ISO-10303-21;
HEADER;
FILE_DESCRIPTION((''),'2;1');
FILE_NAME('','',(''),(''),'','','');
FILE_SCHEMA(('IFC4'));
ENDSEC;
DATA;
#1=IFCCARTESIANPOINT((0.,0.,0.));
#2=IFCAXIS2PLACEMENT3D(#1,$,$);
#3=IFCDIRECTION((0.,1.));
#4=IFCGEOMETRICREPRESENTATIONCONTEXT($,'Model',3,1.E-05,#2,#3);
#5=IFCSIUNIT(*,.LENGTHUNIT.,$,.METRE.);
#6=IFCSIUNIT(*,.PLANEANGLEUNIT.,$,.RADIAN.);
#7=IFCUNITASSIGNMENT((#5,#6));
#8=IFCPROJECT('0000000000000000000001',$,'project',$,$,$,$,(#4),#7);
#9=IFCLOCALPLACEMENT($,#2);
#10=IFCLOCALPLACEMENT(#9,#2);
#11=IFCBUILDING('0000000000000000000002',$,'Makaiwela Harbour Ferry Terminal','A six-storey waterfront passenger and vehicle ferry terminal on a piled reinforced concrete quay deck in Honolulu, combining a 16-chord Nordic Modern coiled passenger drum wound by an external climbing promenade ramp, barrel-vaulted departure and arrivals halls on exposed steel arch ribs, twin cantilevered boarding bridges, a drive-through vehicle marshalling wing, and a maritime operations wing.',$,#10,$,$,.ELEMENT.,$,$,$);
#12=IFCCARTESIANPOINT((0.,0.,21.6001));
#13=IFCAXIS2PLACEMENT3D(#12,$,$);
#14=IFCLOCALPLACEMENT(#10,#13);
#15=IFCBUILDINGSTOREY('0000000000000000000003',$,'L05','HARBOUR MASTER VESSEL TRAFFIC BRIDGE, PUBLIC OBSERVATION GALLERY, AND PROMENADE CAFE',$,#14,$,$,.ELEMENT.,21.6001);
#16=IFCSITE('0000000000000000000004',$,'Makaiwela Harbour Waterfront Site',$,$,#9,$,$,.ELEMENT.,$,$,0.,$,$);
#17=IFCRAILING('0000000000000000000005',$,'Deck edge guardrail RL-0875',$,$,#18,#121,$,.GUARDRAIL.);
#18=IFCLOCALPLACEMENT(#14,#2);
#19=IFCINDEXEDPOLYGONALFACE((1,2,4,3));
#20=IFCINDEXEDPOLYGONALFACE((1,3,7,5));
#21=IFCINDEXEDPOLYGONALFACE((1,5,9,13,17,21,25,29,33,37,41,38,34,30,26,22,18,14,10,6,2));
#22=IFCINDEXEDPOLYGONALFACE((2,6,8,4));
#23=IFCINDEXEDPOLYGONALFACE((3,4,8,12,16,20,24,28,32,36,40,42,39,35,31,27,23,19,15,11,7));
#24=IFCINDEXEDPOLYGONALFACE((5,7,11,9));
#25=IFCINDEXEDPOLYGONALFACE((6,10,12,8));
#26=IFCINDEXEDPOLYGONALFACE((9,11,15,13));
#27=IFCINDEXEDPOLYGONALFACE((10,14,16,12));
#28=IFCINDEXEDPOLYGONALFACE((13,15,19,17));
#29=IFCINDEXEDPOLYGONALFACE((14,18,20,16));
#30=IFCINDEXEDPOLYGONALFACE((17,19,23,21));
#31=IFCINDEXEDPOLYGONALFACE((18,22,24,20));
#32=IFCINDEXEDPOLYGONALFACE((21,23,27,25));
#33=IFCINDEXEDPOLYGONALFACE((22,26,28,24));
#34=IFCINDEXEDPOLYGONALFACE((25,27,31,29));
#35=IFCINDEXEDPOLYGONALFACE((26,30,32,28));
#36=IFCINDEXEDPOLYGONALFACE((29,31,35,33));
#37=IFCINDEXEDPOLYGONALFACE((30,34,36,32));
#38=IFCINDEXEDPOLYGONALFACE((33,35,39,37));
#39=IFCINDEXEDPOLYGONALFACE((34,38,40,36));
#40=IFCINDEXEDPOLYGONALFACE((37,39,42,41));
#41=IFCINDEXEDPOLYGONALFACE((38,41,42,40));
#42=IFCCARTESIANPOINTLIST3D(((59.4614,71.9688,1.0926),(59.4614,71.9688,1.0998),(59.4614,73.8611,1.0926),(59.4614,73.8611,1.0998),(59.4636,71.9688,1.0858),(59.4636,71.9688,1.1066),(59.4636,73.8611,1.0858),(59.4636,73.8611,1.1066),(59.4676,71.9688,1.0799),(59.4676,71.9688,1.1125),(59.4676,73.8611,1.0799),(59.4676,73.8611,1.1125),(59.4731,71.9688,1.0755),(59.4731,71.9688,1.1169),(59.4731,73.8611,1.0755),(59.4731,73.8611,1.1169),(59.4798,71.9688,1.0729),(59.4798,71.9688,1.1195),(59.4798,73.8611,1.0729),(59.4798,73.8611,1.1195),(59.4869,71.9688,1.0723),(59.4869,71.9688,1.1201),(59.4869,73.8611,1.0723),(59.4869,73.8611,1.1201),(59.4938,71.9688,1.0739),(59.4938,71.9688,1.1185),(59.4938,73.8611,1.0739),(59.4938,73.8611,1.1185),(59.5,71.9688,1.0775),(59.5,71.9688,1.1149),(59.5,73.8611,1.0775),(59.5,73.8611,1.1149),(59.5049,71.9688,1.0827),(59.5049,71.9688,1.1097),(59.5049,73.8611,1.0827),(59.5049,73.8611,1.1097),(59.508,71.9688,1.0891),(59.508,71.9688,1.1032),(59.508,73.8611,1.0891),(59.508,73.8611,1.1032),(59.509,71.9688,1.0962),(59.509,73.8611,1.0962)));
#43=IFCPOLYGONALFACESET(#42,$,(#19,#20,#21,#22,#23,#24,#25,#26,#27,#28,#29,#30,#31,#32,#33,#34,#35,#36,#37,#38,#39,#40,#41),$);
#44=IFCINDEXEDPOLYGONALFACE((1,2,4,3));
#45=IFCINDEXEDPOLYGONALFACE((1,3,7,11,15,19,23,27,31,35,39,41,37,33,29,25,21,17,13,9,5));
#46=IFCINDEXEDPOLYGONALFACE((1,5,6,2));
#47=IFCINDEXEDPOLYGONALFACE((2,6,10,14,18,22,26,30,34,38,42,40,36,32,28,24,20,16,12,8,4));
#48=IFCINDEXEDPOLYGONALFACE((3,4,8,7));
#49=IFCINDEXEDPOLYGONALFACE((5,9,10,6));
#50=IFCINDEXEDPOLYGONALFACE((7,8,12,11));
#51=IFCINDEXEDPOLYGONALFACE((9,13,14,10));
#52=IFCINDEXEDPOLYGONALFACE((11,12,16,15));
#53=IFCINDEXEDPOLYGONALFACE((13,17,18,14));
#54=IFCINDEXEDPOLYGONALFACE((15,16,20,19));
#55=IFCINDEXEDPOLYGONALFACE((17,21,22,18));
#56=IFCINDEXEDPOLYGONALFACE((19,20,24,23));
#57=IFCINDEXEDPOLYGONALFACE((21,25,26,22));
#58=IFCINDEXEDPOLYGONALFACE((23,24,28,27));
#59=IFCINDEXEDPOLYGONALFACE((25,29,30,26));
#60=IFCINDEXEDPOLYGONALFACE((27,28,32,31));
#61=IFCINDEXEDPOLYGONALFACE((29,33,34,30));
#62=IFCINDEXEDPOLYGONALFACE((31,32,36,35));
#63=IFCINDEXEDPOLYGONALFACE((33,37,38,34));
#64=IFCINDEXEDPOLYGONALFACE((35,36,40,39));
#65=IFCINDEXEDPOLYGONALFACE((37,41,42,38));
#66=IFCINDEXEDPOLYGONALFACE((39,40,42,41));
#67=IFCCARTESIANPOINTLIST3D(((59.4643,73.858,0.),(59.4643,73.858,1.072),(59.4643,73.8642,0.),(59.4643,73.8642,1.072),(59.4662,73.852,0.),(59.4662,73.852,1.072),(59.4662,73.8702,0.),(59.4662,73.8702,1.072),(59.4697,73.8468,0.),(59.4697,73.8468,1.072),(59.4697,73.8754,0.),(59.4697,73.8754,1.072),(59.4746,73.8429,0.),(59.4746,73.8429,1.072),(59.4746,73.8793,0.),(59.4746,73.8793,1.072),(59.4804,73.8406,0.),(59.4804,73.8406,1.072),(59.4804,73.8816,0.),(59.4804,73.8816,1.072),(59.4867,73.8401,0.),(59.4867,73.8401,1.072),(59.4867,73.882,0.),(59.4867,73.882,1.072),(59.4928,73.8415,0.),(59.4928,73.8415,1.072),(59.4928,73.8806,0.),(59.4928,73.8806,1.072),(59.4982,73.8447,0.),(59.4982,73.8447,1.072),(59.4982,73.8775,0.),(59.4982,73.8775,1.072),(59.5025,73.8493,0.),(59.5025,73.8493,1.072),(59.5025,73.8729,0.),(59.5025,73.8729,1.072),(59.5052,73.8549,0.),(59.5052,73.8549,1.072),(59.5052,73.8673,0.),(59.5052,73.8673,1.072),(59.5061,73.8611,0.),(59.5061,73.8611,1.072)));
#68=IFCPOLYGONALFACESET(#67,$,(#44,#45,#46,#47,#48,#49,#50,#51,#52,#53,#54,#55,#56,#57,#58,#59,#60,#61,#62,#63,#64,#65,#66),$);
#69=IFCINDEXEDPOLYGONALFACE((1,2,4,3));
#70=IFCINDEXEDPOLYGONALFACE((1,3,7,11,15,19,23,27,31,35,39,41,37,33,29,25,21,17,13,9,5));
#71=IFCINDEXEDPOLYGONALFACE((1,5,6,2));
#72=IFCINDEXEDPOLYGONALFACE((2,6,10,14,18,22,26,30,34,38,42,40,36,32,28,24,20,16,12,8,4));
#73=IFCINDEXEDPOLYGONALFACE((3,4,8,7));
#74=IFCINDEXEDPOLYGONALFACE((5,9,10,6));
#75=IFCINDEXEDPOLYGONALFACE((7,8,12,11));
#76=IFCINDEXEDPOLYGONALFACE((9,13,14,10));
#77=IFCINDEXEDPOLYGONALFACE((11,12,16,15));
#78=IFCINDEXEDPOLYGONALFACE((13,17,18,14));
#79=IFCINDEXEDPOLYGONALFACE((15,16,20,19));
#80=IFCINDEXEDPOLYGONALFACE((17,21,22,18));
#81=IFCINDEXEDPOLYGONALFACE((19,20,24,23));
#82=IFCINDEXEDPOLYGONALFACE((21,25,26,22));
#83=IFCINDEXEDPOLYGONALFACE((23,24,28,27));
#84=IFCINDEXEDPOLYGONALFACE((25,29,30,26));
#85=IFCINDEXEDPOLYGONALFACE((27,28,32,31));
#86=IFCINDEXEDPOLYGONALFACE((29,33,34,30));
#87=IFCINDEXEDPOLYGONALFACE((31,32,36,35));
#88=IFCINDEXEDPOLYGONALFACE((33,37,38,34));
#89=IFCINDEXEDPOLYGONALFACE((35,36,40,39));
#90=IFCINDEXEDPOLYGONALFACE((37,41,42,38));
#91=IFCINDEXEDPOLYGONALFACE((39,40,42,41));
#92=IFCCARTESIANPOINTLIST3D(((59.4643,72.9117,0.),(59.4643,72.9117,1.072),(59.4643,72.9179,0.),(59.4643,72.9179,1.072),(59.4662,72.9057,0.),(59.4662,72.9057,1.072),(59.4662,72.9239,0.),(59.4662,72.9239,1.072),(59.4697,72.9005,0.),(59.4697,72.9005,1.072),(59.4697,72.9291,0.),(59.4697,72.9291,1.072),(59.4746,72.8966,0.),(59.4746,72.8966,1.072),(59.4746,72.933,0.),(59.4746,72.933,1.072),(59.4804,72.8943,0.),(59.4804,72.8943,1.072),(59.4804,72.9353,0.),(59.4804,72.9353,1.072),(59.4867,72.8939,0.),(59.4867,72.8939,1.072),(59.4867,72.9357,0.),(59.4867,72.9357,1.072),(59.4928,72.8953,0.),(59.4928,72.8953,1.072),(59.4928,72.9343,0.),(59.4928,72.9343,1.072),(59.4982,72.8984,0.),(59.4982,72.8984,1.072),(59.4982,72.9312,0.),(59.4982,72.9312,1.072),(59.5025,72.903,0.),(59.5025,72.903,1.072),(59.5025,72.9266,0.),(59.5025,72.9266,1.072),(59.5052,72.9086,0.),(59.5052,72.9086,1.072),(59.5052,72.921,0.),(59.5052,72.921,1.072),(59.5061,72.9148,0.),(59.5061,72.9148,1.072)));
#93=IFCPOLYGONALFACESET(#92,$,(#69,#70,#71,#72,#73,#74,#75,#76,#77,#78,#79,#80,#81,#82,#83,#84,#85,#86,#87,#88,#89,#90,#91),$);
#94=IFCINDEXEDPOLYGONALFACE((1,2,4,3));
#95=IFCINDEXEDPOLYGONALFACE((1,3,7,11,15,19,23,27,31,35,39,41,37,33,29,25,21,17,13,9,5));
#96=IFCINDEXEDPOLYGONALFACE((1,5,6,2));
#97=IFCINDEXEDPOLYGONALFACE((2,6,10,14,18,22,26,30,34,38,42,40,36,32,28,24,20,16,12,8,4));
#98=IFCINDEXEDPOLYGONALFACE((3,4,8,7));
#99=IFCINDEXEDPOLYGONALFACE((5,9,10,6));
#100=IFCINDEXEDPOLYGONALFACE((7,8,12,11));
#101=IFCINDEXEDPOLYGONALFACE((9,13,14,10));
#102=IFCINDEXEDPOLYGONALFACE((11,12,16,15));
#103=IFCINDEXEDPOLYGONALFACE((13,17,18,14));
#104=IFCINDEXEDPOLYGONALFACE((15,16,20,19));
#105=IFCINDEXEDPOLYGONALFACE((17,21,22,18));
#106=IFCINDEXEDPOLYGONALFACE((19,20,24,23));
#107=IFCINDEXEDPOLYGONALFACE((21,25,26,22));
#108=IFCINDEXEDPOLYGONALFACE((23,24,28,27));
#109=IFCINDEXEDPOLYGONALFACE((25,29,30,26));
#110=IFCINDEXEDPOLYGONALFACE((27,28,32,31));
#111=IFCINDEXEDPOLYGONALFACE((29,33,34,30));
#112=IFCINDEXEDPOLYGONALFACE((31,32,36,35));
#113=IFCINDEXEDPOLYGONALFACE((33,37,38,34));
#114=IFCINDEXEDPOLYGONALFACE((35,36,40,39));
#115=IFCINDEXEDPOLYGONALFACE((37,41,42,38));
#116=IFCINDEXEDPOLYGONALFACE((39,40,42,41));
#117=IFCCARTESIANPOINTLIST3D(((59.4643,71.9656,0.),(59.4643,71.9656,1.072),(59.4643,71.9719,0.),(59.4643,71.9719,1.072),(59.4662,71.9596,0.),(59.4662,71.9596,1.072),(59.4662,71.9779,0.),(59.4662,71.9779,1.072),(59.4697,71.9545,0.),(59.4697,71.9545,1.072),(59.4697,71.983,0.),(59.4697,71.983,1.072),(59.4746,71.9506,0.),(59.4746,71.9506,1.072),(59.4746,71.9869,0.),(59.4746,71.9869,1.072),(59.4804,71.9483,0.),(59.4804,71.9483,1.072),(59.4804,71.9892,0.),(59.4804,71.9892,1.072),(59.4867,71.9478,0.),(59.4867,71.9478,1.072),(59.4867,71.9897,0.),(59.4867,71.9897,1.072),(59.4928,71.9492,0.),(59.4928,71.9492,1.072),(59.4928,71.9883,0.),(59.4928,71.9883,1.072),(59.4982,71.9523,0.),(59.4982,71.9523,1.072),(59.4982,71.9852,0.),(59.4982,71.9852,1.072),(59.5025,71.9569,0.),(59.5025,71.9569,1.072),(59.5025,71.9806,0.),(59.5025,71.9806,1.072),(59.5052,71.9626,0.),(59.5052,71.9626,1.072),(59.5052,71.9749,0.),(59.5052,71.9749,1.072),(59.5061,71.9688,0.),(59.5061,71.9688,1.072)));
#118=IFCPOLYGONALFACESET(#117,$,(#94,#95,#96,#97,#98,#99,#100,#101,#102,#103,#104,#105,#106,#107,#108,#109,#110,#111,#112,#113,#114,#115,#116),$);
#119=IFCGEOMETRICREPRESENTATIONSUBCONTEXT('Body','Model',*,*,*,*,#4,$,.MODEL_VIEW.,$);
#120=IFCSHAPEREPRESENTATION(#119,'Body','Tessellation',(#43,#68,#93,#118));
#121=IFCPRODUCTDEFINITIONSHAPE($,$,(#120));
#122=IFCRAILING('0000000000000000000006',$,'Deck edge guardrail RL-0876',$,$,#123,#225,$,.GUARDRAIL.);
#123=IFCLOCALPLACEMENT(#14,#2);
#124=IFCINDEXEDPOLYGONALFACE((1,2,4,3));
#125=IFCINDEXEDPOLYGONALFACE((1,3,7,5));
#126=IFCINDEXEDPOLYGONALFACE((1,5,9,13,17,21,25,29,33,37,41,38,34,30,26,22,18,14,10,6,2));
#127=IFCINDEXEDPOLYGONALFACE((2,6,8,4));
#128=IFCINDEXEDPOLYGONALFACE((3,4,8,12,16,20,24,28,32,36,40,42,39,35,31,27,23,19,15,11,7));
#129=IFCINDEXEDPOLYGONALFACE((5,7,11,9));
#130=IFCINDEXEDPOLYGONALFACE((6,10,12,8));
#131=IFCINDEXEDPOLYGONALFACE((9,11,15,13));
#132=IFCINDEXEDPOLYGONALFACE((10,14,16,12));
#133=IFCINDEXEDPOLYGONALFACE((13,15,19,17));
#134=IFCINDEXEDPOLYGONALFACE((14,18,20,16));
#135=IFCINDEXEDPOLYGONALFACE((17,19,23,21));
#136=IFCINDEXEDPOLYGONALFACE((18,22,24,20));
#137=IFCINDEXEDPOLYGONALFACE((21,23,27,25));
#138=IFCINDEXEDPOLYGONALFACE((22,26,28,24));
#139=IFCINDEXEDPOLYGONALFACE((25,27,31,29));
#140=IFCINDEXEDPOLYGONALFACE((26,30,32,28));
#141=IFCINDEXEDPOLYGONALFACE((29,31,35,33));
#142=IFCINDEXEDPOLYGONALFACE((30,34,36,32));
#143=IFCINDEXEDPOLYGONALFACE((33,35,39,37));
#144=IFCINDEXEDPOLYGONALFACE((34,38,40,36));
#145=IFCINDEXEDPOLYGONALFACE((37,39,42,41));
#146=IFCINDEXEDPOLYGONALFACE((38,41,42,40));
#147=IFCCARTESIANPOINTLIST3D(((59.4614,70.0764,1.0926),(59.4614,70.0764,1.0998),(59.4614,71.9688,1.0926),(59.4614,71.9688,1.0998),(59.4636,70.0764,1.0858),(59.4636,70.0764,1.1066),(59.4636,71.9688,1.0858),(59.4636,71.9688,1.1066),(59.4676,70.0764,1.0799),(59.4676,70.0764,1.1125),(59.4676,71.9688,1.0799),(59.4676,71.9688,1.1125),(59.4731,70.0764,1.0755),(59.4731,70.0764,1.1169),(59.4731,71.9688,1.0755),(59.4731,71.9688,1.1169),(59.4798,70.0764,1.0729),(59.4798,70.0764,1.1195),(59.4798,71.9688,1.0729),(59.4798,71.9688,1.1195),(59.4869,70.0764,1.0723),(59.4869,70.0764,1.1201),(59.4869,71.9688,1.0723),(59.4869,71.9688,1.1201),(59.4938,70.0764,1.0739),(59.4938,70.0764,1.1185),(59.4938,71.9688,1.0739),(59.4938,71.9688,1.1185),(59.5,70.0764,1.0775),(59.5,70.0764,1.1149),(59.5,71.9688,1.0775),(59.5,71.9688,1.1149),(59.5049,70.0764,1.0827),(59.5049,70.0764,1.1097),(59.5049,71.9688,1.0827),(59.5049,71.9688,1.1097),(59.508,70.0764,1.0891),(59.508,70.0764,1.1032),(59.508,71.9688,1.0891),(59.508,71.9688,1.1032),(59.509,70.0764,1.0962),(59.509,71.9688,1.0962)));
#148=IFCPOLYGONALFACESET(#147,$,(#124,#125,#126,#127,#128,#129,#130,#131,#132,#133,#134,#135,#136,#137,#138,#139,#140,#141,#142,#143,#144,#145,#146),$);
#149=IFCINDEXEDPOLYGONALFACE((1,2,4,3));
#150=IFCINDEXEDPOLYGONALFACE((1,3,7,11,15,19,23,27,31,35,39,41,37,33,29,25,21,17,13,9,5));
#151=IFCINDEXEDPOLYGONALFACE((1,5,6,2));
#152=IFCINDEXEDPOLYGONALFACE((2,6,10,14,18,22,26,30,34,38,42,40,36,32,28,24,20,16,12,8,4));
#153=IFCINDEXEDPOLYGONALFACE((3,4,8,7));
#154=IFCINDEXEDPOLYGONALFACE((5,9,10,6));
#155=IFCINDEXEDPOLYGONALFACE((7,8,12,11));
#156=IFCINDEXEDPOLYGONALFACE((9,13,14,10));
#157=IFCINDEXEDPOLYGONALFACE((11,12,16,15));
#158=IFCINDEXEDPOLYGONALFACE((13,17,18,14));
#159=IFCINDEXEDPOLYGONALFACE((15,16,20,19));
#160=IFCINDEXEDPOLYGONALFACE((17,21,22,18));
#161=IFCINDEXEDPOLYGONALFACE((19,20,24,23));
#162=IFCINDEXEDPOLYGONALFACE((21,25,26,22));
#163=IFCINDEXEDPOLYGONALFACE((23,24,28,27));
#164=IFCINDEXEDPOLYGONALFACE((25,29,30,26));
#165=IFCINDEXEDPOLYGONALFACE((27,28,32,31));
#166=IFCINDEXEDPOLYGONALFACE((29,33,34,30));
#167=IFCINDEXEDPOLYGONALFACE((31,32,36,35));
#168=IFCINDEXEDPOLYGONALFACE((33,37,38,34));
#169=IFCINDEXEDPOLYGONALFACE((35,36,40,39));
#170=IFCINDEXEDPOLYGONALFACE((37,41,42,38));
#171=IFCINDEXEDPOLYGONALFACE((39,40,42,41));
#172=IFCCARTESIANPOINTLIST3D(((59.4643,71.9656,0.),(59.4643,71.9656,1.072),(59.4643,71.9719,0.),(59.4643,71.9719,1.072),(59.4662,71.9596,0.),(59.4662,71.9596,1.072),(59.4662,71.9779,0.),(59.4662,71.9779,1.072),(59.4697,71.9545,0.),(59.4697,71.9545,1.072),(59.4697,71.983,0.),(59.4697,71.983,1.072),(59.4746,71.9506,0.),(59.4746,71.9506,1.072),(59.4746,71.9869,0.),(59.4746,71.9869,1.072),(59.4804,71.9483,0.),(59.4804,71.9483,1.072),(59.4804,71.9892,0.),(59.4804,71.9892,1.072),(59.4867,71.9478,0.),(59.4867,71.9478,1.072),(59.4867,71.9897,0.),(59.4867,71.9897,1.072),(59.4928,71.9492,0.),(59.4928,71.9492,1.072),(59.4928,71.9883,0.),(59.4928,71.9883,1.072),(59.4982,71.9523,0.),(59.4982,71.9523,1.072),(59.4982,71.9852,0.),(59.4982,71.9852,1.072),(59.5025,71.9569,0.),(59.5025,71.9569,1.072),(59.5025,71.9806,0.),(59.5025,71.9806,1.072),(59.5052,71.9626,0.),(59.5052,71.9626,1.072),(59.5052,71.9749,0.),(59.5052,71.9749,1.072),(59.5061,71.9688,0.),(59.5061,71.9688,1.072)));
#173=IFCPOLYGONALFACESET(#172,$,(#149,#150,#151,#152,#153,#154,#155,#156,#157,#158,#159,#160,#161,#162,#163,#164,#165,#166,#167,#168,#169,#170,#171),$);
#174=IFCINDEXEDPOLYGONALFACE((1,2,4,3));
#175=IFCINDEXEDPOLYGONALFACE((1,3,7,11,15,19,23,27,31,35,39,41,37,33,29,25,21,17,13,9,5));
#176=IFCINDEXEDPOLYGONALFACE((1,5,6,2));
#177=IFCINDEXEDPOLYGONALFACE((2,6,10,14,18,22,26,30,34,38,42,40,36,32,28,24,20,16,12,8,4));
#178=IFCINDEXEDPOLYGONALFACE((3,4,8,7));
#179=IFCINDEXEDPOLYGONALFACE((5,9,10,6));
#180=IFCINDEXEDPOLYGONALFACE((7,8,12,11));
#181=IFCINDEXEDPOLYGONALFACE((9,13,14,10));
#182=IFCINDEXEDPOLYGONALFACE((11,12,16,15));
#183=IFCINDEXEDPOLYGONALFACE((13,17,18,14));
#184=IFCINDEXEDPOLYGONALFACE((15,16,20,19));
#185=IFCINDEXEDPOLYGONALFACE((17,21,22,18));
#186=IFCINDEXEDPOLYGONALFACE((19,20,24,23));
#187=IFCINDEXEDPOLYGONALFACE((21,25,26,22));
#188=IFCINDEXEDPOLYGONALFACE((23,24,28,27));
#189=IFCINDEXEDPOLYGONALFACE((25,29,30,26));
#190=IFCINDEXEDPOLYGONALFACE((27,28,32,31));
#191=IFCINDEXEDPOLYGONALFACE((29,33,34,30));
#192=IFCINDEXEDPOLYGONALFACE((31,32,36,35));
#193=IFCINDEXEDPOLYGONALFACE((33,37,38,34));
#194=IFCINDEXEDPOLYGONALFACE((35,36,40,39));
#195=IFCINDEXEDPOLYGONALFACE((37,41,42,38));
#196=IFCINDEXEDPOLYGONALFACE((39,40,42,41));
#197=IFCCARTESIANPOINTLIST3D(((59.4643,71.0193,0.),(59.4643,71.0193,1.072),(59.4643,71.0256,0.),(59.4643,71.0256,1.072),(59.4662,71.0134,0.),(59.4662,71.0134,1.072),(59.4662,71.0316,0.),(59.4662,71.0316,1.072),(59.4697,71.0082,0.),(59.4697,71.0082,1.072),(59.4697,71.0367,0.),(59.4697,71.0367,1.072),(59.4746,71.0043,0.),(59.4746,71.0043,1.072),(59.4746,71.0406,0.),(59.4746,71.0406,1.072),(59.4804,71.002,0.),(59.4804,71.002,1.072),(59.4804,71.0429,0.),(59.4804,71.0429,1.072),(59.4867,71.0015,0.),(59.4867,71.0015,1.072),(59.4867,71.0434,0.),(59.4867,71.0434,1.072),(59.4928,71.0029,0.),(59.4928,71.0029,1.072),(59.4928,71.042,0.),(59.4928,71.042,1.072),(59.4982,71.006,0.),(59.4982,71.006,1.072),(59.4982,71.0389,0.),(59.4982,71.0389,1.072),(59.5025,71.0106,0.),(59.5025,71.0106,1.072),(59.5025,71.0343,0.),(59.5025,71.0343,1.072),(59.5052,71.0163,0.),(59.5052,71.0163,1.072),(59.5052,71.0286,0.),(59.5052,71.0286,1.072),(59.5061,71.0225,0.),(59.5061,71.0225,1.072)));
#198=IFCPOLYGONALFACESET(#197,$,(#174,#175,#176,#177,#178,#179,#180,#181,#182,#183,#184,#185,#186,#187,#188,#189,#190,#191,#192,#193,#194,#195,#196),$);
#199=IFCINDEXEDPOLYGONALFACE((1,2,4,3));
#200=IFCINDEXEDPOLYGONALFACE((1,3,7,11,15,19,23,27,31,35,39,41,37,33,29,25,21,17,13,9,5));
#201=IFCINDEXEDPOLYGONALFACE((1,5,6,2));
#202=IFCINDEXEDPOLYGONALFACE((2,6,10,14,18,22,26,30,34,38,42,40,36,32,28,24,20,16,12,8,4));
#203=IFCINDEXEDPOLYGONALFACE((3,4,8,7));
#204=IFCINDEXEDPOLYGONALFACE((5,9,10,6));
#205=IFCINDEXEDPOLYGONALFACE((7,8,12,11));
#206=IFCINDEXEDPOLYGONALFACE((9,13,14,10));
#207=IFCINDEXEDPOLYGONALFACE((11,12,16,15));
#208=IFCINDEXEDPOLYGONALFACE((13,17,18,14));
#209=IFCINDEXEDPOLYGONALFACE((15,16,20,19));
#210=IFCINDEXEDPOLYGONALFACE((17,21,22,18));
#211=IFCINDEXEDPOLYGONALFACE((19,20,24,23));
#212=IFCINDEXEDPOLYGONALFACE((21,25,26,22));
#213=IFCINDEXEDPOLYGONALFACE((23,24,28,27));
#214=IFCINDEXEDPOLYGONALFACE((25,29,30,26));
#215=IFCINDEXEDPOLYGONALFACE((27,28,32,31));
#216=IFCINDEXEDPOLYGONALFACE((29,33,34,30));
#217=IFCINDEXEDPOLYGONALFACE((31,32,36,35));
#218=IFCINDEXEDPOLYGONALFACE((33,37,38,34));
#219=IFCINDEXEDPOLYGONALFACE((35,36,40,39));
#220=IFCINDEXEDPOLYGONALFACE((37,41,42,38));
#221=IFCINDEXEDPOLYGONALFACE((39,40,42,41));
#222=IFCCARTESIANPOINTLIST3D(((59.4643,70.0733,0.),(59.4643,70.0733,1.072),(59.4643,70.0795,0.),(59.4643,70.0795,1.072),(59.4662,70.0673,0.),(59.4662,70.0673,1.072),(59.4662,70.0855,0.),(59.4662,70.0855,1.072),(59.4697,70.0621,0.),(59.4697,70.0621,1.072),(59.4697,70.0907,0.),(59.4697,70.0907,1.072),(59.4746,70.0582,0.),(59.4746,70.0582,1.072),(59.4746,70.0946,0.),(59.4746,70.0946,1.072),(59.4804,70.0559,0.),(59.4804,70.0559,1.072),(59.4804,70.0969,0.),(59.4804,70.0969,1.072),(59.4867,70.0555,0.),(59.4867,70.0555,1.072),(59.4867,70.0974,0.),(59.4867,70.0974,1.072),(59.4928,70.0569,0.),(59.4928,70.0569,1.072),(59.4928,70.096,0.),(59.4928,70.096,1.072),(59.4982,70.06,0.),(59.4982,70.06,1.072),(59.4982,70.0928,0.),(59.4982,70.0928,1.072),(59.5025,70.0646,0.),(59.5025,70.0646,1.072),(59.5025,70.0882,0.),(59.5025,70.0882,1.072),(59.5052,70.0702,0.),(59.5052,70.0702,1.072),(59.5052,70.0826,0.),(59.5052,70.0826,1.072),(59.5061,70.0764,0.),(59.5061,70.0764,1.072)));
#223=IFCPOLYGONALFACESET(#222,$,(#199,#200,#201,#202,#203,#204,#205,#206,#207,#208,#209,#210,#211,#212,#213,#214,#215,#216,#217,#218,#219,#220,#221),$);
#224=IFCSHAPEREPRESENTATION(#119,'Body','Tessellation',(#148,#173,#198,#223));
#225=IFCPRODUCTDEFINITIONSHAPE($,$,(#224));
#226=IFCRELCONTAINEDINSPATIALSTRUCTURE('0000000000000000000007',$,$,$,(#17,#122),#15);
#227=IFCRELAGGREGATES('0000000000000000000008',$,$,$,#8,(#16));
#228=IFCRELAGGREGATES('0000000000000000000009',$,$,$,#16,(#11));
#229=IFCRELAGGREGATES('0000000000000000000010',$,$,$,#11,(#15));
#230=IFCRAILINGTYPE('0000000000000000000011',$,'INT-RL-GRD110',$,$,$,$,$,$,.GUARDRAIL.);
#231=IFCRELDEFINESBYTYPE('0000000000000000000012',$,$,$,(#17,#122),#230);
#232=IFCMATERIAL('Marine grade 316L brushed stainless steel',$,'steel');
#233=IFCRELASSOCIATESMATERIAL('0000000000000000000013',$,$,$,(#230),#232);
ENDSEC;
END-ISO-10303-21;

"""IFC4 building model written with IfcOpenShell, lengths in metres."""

from ifc_helpers import new_model, si_unit, direction, frame, origin, origin_2d, place, context, subcontext, project, spatial, circle, extrude, material, type_object, element, save


model = new_model("IFC4")

# Units and contexts
model_context = context("Model", 3, precision=1e-05, world=origin(), true_north=direction((0.0, 1.0)))
body_context = subcontext(model_context, "Body", "Model", "MODEL_VIEW")
ifc_project = project(units=[si_unit("LENGTHUNIT", "METRE"), si_unit("PLANEANGLEUNIT", "RADIAN")], contexts=[model_context])

# Site, building, storey
site_placement = place(None, origin())
site = spatial("IfcSite", under=ifc_project, at=site_placement, Name="Makaiwela Harbour Waterfront Site", CompositionType="ELEMENT", RefElevation=0.0)
building_placement = place(site_placement, origin())
building = spatial("IfcBuilding", under=site, at=building_placement, Name="Makaiwela Harbour Ferry Terminal", Description="A six-storey waterfront passenger and vehicle ferry terminal on a piled reinforced concrete quay deck in Honolulu, combining a 16-chord Nordic Modern coiled passenger drum wound by an external climbing promenade ramp, barrel-vaulted departure and arrivals halls on exposed steel arch ribs, twin cantilevered boarding bridges, a drive-through vehicle marshalling wing, and a maritime operations wing.", CompositionType="ELEMENT")
storey_placement = place(building_placement, frame((0.0, 0.0, 21.6001)))
storey = spatial("IfcBuildingStorey", under=building, at=storey_placement, Name="L05", Description="HARBOUR MASTER VESSEL TRAFFIC BRIDGE, PUBLIC OBSERVATION GALLERY, AND PROMENADE CAFE", CompositionType="ELEMENT", Elevation=21.6001)

# Railings
ifc_material_1 = material(Name="Marine grade 316L brushed stainless steel", Category="steel")
railing_type = type_object("IfcRailingType", Name="INT-RL-GRD110", PredefinedType="GUARDRAIL", material=ifc_material_1)
for number, where, name in (
    (1, (59.4851, 73.8611, 0.0), "Deck edge guardrail RL-0875"),
    (2, (59.4851, 71.9688, 0.0), "Deck edge guardrail RL-0876"),
):
    element("IfcRailing", number, at=place(storey_placement, frame(where)), inside=storey, type_object=railing_type, Name=name, PredefinedType="GUARDRAIL", context=body_context, shape_type="SweptSolid", body=[
        extrude(circle(Radius=0.0239, at=origin_2d()), frame((0.0, 0.0, 1.0962), z_axis=(0.0, -1.0, 0.0), x_axis=(1.0, 0.0, 0.0)), (0.0, 0.0, 1.0), 1.8923),
        extrude(circle(Radius=0.021, at=origin_2d()), origin(), (0.0, 0.0, 1.0), 1.072),
        extrude(circle(Radius=0.021, at=origin_2d()), frame((0.0, -0.9463, 0.0)), (0.0, 0.0, 1.0), 1.072),
        extrude(circle(Radius=0.021, at=origin_2d()), frame((0.0, -1.8923, 0.0)), (0.0, 0.0, 1.0), 1.072),
    ])

save(model, "model.ifc")
